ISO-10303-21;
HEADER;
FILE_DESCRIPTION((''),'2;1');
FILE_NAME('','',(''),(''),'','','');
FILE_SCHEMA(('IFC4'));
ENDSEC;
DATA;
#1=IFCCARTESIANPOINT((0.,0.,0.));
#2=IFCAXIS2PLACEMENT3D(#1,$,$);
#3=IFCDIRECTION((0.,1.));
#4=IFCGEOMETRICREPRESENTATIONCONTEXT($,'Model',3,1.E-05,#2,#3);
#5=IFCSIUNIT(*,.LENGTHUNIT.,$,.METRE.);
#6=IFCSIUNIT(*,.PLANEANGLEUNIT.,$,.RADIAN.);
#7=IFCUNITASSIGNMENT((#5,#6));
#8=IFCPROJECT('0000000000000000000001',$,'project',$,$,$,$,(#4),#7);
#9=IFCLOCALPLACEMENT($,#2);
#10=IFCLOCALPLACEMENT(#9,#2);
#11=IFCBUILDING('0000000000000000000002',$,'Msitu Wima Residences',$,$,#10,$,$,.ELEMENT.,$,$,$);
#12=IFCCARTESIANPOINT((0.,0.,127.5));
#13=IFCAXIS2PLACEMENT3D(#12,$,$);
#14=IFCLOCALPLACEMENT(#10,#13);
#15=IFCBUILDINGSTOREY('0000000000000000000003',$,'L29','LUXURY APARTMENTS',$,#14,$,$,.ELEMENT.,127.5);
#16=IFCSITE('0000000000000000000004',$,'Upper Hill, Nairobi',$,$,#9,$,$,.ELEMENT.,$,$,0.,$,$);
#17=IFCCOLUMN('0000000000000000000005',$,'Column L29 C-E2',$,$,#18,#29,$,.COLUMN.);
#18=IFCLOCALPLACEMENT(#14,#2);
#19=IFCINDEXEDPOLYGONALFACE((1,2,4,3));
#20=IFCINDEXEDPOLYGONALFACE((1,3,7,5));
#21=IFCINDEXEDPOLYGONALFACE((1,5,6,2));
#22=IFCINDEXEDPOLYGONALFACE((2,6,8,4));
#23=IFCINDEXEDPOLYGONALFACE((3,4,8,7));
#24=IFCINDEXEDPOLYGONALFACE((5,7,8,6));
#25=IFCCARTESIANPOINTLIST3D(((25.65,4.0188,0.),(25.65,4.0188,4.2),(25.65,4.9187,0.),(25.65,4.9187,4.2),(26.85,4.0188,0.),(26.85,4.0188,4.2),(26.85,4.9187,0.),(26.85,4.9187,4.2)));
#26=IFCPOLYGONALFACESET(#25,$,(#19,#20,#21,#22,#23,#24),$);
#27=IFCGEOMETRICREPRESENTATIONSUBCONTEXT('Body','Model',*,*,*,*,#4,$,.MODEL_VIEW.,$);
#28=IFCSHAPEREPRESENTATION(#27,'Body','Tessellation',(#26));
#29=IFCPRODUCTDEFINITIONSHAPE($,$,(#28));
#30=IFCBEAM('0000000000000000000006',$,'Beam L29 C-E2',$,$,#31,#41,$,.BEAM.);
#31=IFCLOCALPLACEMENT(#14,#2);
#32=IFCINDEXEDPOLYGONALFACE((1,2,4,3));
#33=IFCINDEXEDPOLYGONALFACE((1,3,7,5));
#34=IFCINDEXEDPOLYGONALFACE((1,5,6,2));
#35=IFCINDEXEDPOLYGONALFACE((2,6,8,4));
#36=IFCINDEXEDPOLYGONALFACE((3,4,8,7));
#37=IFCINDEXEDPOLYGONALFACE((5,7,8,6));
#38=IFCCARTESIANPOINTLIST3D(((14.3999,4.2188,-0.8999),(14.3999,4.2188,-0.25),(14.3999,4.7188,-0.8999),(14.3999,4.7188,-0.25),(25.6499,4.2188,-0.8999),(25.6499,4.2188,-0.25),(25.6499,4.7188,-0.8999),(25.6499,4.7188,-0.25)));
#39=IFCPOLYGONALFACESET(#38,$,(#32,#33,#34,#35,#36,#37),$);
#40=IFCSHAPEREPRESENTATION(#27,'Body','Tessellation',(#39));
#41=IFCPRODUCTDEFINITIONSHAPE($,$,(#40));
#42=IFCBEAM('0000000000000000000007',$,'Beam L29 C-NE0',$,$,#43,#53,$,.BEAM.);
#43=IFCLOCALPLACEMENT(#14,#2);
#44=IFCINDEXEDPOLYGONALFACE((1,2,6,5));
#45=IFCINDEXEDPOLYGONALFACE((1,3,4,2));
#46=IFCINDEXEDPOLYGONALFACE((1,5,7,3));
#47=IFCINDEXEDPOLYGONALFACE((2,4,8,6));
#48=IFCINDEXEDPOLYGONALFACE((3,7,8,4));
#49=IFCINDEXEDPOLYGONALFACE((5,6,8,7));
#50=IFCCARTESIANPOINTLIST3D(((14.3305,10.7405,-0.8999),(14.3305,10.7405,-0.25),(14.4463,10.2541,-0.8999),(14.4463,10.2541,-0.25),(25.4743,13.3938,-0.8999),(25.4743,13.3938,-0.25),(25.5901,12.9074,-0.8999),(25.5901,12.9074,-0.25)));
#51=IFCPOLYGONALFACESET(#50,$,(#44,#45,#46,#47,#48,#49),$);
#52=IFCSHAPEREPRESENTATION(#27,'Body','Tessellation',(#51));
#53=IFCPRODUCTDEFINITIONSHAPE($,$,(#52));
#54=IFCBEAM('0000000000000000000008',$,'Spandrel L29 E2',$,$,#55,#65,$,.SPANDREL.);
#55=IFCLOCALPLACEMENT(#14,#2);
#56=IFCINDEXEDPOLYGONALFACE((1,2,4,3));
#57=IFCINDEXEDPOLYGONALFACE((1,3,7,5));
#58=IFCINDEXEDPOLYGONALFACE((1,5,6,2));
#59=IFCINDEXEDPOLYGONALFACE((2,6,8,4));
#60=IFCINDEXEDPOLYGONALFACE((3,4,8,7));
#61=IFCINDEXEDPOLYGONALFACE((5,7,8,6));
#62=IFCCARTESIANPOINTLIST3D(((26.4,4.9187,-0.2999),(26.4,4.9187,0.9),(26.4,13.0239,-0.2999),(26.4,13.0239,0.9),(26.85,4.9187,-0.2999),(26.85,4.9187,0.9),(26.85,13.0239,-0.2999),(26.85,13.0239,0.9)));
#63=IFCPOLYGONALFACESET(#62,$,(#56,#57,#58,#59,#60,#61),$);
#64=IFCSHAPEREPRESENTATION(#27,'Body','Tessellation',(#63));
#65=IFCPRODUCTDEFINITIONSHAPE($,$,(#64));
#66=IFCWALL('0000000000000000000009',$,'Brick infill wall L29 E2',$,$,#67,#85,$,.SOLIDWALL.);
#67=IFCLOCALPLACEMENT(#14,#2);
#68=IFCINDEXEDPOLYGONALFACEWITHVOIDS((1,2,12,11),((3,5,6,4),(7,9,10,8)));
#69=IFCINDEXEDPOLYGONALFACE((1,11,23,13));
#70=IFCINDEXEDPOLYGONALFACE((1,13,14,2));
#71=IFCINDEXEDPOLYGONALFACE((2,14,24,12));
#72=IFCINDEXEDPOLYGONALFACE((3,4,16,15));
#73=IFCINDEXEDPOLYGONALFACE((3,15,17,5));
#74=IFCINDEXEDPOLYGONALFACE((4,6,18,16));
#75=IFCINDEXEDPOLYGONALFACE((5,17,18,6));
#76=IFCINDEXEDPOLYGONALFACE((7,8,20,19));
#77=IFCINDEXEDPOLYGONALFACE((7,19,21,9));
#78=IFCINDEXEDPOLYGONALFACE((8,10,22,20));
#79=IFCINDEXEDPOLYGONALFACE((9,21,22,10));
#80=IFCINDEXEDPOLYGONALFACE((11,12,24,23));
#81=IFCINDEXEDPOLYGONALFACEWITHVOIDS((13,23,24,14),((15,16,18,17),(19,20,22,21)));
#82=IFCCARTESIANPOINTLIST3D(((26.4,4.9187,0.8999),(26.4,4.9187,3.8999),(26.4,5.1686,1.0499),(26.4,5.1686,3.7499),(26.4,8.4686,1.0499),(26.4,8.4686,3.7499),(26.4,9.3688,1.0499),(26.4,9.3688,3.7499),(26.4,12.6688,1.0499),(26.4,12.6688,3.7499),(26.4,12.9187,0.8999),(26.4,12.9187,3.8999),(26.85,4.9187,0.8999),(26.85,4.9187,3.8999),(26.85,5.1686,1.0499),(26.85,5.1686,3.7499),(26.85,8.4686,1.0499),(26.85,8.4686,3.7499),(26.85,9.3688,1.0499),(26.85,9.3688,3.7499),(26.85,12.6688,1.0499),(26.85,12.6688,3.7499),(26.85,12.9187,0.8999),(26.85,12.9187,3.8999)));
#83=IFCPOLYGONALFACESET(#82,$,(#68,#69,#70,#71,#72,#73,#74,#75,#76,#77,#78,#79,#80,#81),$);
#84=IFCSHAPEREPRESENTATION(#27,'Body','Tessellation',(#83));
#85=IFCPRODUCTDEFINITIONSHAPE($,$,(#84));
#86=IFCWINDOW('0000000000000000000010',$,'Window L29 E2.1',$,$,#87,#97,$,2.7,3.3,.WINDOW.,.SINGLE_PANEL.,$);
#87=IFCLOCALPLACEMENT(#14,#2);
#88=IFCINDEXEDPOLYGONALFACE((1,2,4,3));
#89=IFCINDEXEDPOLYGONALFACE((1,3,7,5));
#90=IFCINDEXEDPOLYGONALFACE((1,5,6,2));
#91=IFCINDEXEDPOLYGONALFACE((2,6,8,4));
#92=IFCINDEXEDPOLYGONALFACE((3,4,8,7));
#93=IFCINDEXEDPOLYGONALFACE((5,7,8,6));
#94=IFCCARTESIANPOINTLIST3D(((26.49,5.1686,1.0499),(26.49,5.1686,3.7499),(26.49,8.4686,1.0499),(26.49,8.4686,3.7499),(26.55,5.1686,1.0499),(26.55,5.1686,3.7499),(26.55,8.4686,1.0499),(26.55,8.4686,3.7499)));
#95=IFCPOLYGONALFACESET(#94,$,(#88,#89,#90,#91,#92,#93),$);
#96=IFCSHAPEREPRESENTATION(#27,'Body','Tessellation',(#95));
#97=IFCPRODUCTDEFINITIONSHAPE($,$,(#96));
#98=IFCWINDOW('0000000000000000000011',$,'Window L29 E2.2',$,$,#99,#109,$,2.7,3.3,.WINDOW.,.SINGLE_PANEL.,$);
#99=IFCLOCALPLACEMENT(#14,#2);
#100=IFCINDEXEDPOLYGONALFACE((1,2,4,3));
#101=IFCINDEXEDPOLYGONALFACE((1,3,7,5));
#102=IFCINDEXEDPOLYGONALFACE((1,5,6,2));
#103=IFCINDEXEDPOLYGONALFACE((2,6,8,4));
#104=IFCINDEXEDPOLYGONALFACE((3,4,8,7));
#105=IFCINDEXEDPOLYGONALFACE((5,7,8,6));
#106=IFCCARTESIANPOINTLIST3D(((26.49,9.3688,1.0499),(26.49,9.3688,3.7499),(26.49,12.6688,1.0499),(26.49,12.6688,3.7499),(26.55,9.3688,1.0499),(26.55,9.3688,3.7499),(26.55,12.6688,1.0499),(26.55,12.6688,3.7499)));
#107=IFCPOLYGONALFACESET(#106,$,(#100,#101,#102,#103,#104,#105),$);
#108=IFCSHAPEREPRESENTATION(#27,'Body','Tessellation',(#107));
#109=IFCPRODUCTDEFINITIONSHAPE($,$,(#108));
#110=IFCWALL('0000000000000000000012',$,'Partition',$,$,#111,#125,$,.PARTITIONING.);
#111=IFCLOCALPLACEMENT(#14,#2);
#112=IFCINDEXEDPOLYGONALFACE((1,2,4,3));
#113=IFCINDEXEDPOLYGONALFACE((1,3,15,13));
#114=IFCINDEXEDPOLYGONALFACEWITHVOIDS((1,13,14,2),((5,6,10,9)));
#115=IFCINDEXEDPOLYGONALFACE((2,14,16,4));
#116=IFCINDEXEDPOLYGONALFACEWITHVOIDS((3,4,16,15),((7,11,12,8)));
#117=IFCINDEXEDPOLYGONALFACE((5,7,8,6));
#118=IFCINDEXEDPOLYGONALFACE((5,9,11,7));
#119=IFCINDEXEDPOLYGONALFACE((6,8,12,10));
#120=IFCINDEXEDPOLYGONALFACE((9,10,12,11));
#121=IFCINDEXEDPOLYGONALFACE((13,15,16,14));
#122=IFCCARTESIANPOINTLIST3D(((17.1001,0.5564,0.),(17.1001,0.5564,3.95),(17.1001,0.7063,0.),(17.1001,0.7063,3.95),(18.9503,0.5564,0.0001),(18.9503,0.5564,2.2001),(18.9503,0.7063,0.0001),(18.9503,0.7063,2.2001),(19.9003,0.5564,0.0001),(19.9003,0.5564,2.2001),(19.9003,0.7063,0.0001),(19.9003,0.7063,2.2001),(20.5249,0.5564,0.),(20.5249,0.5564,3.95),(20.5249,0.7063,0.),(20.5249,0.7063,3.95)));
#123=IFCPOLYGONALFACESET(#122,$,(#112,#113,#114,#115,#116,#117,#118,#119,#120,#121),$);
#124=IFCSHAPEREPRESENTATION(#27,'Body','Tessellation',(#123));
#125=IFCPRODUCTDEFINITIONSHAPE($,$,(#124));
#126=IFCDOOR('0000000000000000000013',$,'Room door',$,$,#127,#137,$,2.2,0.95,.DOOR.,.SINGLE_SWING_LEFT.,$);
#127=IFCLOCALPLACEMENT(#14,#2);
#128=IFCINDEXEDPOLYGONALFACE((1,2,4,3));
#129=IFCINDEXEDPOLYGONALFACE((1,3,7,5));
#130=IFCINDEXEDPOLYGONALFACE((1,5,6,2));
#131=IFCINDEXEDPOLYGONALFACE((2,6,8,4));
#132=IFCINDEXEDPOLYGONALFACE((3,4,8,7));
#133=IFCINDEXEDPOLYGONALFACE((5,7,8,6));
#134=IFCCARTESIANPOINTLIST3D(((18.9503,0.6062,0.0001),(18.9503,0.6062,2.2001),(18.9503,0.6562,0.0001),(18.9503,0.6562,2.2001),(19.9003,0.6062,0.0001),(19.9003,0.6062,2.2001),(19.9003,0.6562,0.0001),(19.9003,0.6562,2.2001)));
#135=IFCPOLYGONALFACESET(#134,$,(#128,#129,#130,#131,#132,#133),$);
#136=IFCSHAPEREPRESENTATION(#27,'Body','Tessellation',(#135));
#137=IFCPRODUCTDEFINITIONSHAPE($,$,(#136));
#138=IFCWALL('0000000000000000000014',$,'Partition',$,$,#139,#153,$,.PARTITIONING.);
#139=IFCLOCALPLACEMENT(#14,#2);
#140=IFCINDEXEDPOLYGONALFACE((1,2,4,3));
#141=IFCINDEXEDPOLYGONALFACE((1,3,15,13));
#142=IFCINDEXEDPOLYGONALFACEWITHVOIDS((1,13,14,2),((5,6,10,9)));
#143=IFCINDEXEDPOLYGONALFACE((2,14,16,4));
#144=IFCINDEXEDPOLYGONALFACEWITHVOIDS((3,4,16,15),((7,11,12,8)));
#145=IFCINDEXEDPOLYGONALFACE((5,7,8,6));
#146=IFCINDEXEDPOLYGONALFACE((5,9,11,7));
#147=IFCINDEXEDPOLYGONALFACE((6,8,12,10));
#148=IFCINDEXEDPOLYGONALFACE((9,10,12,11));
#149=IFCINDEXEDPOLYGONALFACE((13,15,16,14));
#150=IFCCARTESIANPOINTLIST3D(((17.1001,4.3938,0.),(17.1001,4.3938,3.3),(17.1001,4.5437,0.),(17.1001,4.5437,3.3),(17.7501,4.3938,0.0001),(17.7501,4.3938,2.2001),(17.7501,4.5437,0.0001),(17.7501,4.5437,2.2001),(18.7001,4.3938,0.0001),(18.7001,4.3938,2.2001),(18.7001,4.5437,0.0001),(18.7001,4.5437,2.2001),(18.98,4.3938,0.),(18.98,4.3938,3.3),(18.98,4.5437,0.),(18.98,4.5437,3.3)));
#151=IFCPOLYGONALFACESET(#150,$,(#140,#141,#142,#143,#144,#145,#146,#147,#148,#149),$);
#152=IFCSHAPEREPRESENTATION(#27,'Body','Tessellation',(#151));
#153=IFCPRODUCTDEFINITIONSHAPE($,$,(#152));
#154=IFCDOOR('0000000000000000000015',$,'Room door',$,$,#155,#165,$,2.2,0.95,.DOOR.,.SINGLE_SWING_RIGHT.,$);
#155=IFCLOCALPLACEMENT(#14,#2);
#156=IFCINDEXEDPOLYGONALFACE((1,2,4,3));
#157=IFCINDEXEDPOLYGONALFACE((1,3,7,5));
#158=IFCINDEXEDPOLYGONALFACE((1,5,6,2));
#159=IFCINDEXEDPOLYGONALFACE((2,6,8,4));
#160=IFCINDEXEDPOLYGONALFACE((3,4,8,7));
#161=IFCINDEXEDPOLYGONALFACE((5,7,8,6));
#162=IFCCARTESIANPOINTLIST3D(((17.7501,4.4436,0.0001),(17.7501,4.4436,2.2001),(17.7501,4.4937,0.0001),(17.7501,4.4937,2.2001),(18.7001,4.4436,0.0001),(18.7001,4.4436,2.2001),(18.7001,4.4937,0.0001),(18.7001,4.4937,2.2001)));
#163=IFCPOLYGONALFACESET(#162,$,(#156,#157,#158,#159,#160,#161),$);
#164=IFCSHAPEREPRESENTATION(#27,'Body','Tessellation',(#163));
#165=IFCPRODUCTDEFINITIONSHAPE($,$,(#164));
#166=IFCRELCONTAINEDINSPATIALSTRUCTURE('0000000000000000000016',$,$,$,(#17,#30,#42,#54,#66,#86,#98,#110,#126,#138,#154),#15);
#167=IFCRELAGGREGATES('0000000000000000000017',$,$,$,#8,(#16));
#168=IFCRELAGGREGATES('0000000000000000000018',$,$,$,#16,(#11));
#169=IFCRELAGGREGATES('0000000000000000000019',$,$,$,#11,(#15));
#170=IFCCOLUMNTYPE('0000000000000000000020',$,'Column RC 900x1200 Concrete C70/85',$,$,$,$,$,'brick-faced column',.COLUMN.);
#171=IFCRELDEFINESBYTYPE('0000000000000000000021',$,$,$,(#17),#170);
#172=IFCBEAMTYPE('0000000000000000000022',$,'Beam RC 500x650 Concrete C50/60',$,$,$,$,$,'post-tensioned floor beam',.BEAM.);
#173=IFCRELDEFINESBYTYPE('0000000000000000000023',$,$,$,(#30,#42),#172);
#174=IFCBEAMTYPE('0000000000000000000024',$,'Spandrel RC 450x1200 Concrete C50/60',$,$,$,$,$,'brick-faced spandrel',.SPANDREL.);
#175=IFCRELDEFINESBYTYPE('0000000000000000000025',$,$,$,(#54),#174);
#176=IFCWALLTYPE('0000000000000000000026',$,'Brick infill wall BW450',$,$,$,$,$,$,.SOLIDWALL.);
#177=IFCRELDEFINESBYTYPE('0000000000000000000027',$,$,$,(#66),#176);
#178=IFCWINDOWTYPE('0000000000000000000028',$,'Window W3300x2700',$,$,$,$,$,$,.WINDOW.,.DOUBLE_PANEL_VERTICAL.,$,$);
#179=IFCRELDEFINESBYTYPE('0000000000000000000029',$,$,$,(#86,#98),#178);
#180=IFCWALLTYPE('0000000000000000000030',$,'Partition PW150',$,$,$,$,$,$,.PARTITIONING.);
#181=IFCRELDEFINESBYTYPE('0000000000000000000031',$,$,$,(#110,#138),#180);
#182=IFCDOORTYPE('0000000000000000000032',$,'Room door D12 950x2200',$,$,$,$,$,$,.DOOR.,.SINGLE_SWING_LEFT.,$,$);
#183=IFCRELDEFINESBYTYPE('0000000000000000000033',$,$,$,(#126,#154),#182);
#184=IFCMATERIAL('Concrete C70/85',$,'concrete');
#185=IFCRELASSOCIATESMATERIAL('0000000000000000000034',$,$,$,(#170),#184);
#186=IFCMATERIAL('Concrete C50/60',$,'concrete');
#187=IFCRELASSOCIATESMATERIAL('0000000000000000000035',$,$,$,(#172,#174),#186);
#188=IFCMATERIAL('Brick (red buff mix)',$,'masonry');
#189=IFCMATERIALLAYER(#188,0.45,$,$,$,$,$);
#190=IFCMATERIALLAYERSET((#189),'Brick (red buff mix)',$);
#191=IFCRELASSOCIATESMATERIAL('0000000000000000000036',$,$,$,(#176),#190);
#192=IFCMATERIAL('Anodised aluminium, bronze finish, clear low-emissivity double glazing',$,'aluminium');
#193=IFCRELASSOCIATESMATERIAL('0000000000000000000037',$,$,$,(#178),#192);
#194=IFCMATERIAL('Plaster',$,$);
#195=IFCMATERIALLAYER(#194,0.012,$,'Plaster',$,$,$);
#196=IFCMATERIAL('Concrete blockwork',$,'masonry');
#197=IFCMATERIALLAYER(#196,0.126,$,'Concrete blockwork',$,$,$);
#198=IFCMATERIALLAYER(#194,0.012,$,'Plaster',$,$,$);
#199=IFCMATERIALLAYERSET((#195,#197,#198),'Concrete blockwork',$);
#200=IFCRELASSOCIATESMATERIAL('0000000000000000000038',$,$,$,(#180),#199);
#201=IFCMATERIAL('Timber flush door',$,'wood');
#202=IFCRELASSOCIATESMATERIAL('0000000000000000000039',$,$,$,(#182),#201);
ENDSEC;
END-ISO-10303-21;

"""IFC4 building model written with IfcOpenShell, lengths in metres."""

from ifc_helpers import new_model, si_unit, direction, frame, frame_2d, origin, origin_2d, place, context, subcontext, project, spatial, rectangle, extrude, material, layer, layer_set, material_profile, profile_set, type_object, element, fill, save


model = new_model("IFC4")

# Units and contexts
model_context = context("Model", 3, precision=1e-05, world=origin(), true_north=direction((0.0, 1.0)))
body_context = subcontext(model_context, "Body", "Model", "MODEL_VIEW")
ifc_project = project(units=[si_unit("LENGTHUNIT", "METRE"), si_unit("PLANEANGLEUNIT", "RADIAN")], contexts=[model_context])

# Site, building, storey
site_placement = place(None, origin())
site = spatial("IfcSite", under=ifc_project, at=site_placement, Name="Upper Hill, Nairobi", CompositionType="ELEMENT", RefElevation=0.0)
building_placement = place(site_placement, origin())
building = spatial("IfcBuilding", under=site, at=building_placement, Name="Msitu Wima Residences", CompositionType="ELEMENT")
storey_placement = place(building_placement, frame((0.0, 0.0, 127.5)))
storey = spatial("IfcBuildingStorey", under=building, at=storey_placement, Name="L29", Description="LUXURY APARTMENTS", CompositionType="ELEMENT", Elevation=127.5)

# Column
ifc_material_1 = material(Name="Concrete C70/85", Category="concrete")
ifc_material_profile_1 = material_profile(ifc_material_1, rectangle(XDim=0.8999, YDim=1.2, at=origin_2d()), Name="RC 900x1200")
ifc_profile_set_1 = profile_set([ifc_material_profile_1], Name="Concrete C70/85")
column_type = type_object("IfcColumnType", Name="Column RC 900x1200 Concrete C70/85", ElementType="brick-faced column", PredefinedType="COLUMN", material=ifc_profile_set_1)
column_placement = place(storey_placement, frame((26.25, 4.4688, 0.0), z_axis=(0.0, 0.0, 1.0), x_axis=(0.0, 1.0, 0.0)))
element("IfcColumn", 1, at=column_placement, inside=storey, type_object=column_type, Name="Column L29 C-E2", PredefinedType="COLUMN", context=body_context, shape_type="SweptSolid", body=[
    extrude(rectangle(XDim=0.8999, YDim=1.2, at=origin_2d()), origin(), (0.0, 0.0, 1.0), 4.2),
])

# Beams
ifc_material_2 = material(Name="Concrete C50/60", Category="concrete")
ifc_material_profile_2 = material_profile(ifc_material_2, rectangle(XDim=0.5, YDim=0.6499, at=origin_2d()), Name="RC 500x650")
ifc_profile_set_2 = profile_set([ifc_material_profile_2], Name="Concrete C50/60")
beam_type_1 = type_object("IfcBeamType", Name="Beam RC 500x650 Concrete C50/60", ElementType="post-tensioned floor beam", PredefinedType="BEAM", material=ifc_profile_set_2)
beam_1_placement = place(storey_placement, frame((25.6499, 4.4688, -0.575), z_axis=(-1.0, 0.0, 0.0), x_axis=(0.0, -1.0, 0.0)))
element("IfcBeam", 2, at=beam_1_placement, inside=storey, type_object=beam_type_1, Name="Beam L29 C-E2", PredefinedType="BEAM", context=body_context, shape_type="SweptSolid", body=[
    extrude(rectangle(XDim=0.5, YDim=0.6499, at=origin_2d()), origin(), (0.0, 0.0, 1.0), 11.25),
])
beam_2_placement = place(storey_placement, frame((25.5322, 13.1506, -0.575), z_axis=(-0.972806, -0.231623, 0.0), x_axis=(0.231623, -0.972806, 0.0)))
element("IfcBeam", 3, at=beam_2_placement, inside=storey, type_object=beam_type_1, Name="Beam L29 C-NE0", PredefinedType="BEAM", context=body_context, shape_type="SweptSolid", body=[
    extrude(rectangle(XDim=0.5, YDim=0.6499, at=origin_2d()), origin(), (0.0, 0.0, 1.0), 11.4553),
])
ifc_material_profile_3 = material_profile(ifc_material_2, rectangle(XDim=0.45, YDim=1.2, at=origin_2d()), Name="RC 450x1200")
ifc_profile_set_3 = profile_set([ifc_material_profile_3], Name="Concrete C50/60")
beam_type_2 = type_object("IfcBeamType", Name="Spandrel RC 450x1200 Concrete C50/60", ElementType="brick-faced spandrel", PredefinedType="SPANDREL", material=ifc_profile_set_3)
beam_3_placement = place(storey_placement, frame((26.625, 4.9187, 0.3), z_axis=(0.0, 1.0, 0.0), x_axis=(-1.0, 0.0, 0.0)))
element("IfcBeam", 4, at=beam_3_placement, inside=storey, type_object=beam_type_2, Name="Spandrel L29 E2", PredefinedType="SPANDREL", context=body_context, shape_type="SweptSolid", body=[
    extrude(rectangle(XDim=0.45, YDim=1.2, at=origin_2d()), origin(), (0.0, 0.0, 1.0), 8.1052),
])

# Wall, openings, windows
ifc_material_3 = material(Name="Brick (red buff mix)", Category="masonry")
ifc_layer_1 = layer(ifc_material_3, 0.45)
ifc_layer_set_1 = layer_set([ifc_layer_1], Name="Brick (red buff mix)")
wall_type_1 = type_object("IfcWallType", Name="Brick infill wall BW450", PredefinedType="SOLIDWALL", material=ifc_layer_set_1)
wall_1_placement = place(storey_placement, frame((26.625, 4.9187, 0.8999), z_axis=(0.0, 0.0, 1.0), x_axis=(0.0, 1.0, 0.0)))
wall_1 = element("IfcWall", 5, at=wall_1_placement, inside=storey, type_object=wall_type_1, Name="Brick infill wall L29 E2", PredefinedType="SOLIDWALL", context=body_context, shape_type="SweptSolid", body=[
    extrude(rectangle(XDim=8.0, YDim=0.45, at=frame_2d((4.0, 0.0))), origin(), (0.0, 0.0, 1.0), 3.0),
])
opening_1_placement = place(wall_1_placement, frame((0.25, 0.0, 0.1499)))
opening_1 = element("IfcOpeningElement", 6, at=opening_1_placement, cuts=wall_1, PredefinedType="OPENING", context=body_context, shape_type="SweptSolid", body=[
    extrude(rectangle(XDim=3.3, YDim=2.7, at=frame_2d((1.6499, 1.3501))), frame((0.0, 0.2349, 0.0), z_axis=(0.0, -1.0, 0.0), x_axis=(1.0, 0.0, 0.0)), (0.0, 0.0, 1.0), 0.47),
])
opening_2_placement = place(wall_1_placement, frame((4.4502, 0.0, 0.1499)))
opening_2 = element("IfcOpeningElement", 7, at=opening_2_placement, cuts=wall_1, PredefinedType="OPENING", context=body_context, shape_type="SweptSolid", body=[
    extrude(rectangle(XDim=3.3, YDim=2.7, at=frame_2d((1.6499, 1.3501))), frame((0.0, 0.2349, 0.0), z_axis=(0.0, -1.0, 0.0), x_axis=(1.0, 0.0, 0.0)), (0.0, 0.0, 1.0), 0.47),
])
ifc_material_4 = material(Name="Anodised aluminium, bronze finish, clear low-emissivity double glazing", Category="aluminium")
window_type = type_object("IfcWindowType", Name="Window W3300x2700", PartitioningType="DOUBLE_PANEL_VERTICAL", PredefinedType="WINDOW", material=ifc_material_4)
window_1_placement = place(opening_1_placement, origin())
window_1 = element("IfcWindow", 8, at=window_1_placement, inside=storey, type_object=window_type, Name="Window L29 E2.1", OverallHeight=2.7, OverallWidth=3.3, PartitioningType="SINGLE_PANEL", PredefinedType="WINDOW", context=body_context, shape_type="SweptSolid", body=[
    extrude(rectangle(XDim=3.3, YDim=2.7, at=frame_2d((1.6499, 1.3501))), frame((0.0, 0.135, 0.0), z_axis=(0.0, -1.0, 0.0), x_axis=(1.0, 0.0, 0.0)), (0.0, 0.0, 1.0), 0.0601),
])
fill(opening_1, window_1)
window_2_placement = place(opening_2_placement, origin())
window_2 = element("IfcWindow", 9, at=window_2_placement, inside=storey, type_object=window_type, Name="Window L29 E2.2", OverallHeight=2.7, OverallWidth=3.3, PartitioningType="SINGLE_PANEL", PredefinedType="WINDOW", context=body_context, shape_type="SweptSolid", body=[
    extrude(rectangle(XDim=3.3, YDim=2.7, at=frame_2d((1.6499, 1.3501))), frame((0.0, 0.135, 0.0), z_axis=(0.0, -1.0, 0.0), x_axis=(1.0, 0.0, 0.0)), (0.0, 0.0, 1.0), 0.0601),
])
fill(opening_2, window_2)

# Walls, openings, doors
ifc_material_5 = material(Name="Plaster")
ifc_layer_2 = layer(ifc_material_5, 0.012, Name="Plaster")
ifc_material_6 = material(Name="Concrete blockwork", Category="masonry")
ifc_layer_3 = layer(ifc_material_6, 0.126, Name="Concrete blockwork")
ifc_layer_4 = layer(ifc_material_5, 0.012, Name="Plaster")
ifc_layer_set_2 = layer_set([ifc_layer_2, ifc_layer_3, ifc_layer_4], Name="Concrete blockwork")
wall_type_2 = type_object("IfcWallType", Name="Partition PW150", PredefinedType="PARTITIONING", material=ifc_layer_set_2)
wall_2_placement = place(storey_placement, frame((17.1001, 0.6313, 0.0), z_axis=(0.0, 0.0, 1.0), x_axis=(1.0, 0.0, 0.0)))
wall_2 = element("IfcWall", 10, at=wall_2_placement, inside=storey, type_object=wall_type_2, Name="Partition", PredefinedType="PARTITIONING", context=body_context, shape_type="SweptSolid", body=[
    extrude(rectangle(XDim=3.4248, YDim=0.1499, at=frame_2d((1.7124, 0.0))), origin(), (0.0, 0.0, 1.0), 3.95),
])
opening_3_placement = place(wall_2_placement, frame((1.8501, 0.0, 0.0)))
opening_3 = element("IfcOpeningElement", 11, at=opening_3_placement, cuts=wall_2, PredefinedType="OPENING", context=body_context, shape_type="SweptSolid", body=[
    extrude(rectangle(XDim=0.95, YDim=2.2, at=frame_2d((0.4751, 1.1001))), frame((0.0, 0.085, 0.0), z_axis=(0.0, -1.0, 0.0), x_axis=(1.0, 0.0, 0.0)), (0.0, 0.0, 1.0), 0.1699),
])
ifc_material_7 = material(Name="Timber flush door", Category="wood")
door_type_1 = type_object("IfcDoorType", Name="Room door D12 950x2200", OperationType="SINGLE_SWING_LEFT", PredefinedType="DOOR", material=ifc_material_7)
door_1_placement = place(opening_3_placement, origin())
door_1 = element("IfcDoor", 12, at=door_1_placement, inside=storey, type_object=door_type_1, Name="Room door", OperationType="SINGLE_SWING_LEFT", OverallHeight=2.2, OverallWidth=0.95, PredefinedType="DOOR", context=body_context, shape_type="SweptSolid", body=[
    extrude(rectangle(XDim=0.95, YDim=2.2, at=frame_2d((0.4751, 1.1001))), frame((0.0, 0.0249, 0.0), z_axis=(0.0, -1.0, 0.0), x_axis=(1.0, 0.0, 0.0)), (0.0, 0.0, 1.0), 0.05),
])
fill(opening_3, door_1)
wall_3_placement = place(storey_placement, frame((17.1001, 4.4688, 0.0), z_axis=(0.0, 0.0, 1.0), x_axis=(1.0, 0.0, 0.0)))
wall_3 = element("IfcWall", 13, at=wall_3_placement, inside=storey, type_object=wall_type_2, Name="Partition", PredefinedType="PARTITIONING", context=body_context, shape_type="SweptSolid", body=[
    extrude(rectangle(XDim=1.8799, YDim=0.1499, at=frame_2d((0.9399, 0.0))), origin(), (0.0, 0.0, 1.0), 3.3),
])
opening_4_placement = place(wall_3_placement, frame((0.6499, 0.0, 0.0)))
opening_4 = element("IfcOpeningElement", 14, at=opening_4_placement, cuts=wall_3, PredefinedType="OPENING", context=body_context, shape_type="SweptSolid", body=[
    extrude(rectangle(XDim=0.95, YDim=2.2, at=frame_2d((0.4751, 1.1001))), frame((0.0, 0.085, 0.0), z_axis=(0.0, -1.0, 0.0), x_axis=(1.0, 0.0, 0.0)), (0.0, 0.0, 1.0), 0.1699),
])
door_2_placement = place(opening_4_placement, origin())
door_2 = element("IfcDoor", 15, at=door_2_placement, inside=storey, type_object=door_type_1, Name="Room door", OperationType="SINGLE_SWING_RIGHT", OverallHeight=2.2, OverallWidth=0.95, PredefinedType="DOOR", context=body_context, shape_type="SweptSolid", body=[
    extrude(rectangle(XDim=0.95, YDim=2.2, at=frame_2d((0.4751, 1.1001))), frame((0.0, 0.0249, 0.0), z_axis=(0.0, -1.0, 0.0), x_axis=(1.0, 0.0, 0.0)), (0.0, 0.0, 1.0), 0.05),
])
fill(opening_4, door_2)

save(model, "model.ifc")
